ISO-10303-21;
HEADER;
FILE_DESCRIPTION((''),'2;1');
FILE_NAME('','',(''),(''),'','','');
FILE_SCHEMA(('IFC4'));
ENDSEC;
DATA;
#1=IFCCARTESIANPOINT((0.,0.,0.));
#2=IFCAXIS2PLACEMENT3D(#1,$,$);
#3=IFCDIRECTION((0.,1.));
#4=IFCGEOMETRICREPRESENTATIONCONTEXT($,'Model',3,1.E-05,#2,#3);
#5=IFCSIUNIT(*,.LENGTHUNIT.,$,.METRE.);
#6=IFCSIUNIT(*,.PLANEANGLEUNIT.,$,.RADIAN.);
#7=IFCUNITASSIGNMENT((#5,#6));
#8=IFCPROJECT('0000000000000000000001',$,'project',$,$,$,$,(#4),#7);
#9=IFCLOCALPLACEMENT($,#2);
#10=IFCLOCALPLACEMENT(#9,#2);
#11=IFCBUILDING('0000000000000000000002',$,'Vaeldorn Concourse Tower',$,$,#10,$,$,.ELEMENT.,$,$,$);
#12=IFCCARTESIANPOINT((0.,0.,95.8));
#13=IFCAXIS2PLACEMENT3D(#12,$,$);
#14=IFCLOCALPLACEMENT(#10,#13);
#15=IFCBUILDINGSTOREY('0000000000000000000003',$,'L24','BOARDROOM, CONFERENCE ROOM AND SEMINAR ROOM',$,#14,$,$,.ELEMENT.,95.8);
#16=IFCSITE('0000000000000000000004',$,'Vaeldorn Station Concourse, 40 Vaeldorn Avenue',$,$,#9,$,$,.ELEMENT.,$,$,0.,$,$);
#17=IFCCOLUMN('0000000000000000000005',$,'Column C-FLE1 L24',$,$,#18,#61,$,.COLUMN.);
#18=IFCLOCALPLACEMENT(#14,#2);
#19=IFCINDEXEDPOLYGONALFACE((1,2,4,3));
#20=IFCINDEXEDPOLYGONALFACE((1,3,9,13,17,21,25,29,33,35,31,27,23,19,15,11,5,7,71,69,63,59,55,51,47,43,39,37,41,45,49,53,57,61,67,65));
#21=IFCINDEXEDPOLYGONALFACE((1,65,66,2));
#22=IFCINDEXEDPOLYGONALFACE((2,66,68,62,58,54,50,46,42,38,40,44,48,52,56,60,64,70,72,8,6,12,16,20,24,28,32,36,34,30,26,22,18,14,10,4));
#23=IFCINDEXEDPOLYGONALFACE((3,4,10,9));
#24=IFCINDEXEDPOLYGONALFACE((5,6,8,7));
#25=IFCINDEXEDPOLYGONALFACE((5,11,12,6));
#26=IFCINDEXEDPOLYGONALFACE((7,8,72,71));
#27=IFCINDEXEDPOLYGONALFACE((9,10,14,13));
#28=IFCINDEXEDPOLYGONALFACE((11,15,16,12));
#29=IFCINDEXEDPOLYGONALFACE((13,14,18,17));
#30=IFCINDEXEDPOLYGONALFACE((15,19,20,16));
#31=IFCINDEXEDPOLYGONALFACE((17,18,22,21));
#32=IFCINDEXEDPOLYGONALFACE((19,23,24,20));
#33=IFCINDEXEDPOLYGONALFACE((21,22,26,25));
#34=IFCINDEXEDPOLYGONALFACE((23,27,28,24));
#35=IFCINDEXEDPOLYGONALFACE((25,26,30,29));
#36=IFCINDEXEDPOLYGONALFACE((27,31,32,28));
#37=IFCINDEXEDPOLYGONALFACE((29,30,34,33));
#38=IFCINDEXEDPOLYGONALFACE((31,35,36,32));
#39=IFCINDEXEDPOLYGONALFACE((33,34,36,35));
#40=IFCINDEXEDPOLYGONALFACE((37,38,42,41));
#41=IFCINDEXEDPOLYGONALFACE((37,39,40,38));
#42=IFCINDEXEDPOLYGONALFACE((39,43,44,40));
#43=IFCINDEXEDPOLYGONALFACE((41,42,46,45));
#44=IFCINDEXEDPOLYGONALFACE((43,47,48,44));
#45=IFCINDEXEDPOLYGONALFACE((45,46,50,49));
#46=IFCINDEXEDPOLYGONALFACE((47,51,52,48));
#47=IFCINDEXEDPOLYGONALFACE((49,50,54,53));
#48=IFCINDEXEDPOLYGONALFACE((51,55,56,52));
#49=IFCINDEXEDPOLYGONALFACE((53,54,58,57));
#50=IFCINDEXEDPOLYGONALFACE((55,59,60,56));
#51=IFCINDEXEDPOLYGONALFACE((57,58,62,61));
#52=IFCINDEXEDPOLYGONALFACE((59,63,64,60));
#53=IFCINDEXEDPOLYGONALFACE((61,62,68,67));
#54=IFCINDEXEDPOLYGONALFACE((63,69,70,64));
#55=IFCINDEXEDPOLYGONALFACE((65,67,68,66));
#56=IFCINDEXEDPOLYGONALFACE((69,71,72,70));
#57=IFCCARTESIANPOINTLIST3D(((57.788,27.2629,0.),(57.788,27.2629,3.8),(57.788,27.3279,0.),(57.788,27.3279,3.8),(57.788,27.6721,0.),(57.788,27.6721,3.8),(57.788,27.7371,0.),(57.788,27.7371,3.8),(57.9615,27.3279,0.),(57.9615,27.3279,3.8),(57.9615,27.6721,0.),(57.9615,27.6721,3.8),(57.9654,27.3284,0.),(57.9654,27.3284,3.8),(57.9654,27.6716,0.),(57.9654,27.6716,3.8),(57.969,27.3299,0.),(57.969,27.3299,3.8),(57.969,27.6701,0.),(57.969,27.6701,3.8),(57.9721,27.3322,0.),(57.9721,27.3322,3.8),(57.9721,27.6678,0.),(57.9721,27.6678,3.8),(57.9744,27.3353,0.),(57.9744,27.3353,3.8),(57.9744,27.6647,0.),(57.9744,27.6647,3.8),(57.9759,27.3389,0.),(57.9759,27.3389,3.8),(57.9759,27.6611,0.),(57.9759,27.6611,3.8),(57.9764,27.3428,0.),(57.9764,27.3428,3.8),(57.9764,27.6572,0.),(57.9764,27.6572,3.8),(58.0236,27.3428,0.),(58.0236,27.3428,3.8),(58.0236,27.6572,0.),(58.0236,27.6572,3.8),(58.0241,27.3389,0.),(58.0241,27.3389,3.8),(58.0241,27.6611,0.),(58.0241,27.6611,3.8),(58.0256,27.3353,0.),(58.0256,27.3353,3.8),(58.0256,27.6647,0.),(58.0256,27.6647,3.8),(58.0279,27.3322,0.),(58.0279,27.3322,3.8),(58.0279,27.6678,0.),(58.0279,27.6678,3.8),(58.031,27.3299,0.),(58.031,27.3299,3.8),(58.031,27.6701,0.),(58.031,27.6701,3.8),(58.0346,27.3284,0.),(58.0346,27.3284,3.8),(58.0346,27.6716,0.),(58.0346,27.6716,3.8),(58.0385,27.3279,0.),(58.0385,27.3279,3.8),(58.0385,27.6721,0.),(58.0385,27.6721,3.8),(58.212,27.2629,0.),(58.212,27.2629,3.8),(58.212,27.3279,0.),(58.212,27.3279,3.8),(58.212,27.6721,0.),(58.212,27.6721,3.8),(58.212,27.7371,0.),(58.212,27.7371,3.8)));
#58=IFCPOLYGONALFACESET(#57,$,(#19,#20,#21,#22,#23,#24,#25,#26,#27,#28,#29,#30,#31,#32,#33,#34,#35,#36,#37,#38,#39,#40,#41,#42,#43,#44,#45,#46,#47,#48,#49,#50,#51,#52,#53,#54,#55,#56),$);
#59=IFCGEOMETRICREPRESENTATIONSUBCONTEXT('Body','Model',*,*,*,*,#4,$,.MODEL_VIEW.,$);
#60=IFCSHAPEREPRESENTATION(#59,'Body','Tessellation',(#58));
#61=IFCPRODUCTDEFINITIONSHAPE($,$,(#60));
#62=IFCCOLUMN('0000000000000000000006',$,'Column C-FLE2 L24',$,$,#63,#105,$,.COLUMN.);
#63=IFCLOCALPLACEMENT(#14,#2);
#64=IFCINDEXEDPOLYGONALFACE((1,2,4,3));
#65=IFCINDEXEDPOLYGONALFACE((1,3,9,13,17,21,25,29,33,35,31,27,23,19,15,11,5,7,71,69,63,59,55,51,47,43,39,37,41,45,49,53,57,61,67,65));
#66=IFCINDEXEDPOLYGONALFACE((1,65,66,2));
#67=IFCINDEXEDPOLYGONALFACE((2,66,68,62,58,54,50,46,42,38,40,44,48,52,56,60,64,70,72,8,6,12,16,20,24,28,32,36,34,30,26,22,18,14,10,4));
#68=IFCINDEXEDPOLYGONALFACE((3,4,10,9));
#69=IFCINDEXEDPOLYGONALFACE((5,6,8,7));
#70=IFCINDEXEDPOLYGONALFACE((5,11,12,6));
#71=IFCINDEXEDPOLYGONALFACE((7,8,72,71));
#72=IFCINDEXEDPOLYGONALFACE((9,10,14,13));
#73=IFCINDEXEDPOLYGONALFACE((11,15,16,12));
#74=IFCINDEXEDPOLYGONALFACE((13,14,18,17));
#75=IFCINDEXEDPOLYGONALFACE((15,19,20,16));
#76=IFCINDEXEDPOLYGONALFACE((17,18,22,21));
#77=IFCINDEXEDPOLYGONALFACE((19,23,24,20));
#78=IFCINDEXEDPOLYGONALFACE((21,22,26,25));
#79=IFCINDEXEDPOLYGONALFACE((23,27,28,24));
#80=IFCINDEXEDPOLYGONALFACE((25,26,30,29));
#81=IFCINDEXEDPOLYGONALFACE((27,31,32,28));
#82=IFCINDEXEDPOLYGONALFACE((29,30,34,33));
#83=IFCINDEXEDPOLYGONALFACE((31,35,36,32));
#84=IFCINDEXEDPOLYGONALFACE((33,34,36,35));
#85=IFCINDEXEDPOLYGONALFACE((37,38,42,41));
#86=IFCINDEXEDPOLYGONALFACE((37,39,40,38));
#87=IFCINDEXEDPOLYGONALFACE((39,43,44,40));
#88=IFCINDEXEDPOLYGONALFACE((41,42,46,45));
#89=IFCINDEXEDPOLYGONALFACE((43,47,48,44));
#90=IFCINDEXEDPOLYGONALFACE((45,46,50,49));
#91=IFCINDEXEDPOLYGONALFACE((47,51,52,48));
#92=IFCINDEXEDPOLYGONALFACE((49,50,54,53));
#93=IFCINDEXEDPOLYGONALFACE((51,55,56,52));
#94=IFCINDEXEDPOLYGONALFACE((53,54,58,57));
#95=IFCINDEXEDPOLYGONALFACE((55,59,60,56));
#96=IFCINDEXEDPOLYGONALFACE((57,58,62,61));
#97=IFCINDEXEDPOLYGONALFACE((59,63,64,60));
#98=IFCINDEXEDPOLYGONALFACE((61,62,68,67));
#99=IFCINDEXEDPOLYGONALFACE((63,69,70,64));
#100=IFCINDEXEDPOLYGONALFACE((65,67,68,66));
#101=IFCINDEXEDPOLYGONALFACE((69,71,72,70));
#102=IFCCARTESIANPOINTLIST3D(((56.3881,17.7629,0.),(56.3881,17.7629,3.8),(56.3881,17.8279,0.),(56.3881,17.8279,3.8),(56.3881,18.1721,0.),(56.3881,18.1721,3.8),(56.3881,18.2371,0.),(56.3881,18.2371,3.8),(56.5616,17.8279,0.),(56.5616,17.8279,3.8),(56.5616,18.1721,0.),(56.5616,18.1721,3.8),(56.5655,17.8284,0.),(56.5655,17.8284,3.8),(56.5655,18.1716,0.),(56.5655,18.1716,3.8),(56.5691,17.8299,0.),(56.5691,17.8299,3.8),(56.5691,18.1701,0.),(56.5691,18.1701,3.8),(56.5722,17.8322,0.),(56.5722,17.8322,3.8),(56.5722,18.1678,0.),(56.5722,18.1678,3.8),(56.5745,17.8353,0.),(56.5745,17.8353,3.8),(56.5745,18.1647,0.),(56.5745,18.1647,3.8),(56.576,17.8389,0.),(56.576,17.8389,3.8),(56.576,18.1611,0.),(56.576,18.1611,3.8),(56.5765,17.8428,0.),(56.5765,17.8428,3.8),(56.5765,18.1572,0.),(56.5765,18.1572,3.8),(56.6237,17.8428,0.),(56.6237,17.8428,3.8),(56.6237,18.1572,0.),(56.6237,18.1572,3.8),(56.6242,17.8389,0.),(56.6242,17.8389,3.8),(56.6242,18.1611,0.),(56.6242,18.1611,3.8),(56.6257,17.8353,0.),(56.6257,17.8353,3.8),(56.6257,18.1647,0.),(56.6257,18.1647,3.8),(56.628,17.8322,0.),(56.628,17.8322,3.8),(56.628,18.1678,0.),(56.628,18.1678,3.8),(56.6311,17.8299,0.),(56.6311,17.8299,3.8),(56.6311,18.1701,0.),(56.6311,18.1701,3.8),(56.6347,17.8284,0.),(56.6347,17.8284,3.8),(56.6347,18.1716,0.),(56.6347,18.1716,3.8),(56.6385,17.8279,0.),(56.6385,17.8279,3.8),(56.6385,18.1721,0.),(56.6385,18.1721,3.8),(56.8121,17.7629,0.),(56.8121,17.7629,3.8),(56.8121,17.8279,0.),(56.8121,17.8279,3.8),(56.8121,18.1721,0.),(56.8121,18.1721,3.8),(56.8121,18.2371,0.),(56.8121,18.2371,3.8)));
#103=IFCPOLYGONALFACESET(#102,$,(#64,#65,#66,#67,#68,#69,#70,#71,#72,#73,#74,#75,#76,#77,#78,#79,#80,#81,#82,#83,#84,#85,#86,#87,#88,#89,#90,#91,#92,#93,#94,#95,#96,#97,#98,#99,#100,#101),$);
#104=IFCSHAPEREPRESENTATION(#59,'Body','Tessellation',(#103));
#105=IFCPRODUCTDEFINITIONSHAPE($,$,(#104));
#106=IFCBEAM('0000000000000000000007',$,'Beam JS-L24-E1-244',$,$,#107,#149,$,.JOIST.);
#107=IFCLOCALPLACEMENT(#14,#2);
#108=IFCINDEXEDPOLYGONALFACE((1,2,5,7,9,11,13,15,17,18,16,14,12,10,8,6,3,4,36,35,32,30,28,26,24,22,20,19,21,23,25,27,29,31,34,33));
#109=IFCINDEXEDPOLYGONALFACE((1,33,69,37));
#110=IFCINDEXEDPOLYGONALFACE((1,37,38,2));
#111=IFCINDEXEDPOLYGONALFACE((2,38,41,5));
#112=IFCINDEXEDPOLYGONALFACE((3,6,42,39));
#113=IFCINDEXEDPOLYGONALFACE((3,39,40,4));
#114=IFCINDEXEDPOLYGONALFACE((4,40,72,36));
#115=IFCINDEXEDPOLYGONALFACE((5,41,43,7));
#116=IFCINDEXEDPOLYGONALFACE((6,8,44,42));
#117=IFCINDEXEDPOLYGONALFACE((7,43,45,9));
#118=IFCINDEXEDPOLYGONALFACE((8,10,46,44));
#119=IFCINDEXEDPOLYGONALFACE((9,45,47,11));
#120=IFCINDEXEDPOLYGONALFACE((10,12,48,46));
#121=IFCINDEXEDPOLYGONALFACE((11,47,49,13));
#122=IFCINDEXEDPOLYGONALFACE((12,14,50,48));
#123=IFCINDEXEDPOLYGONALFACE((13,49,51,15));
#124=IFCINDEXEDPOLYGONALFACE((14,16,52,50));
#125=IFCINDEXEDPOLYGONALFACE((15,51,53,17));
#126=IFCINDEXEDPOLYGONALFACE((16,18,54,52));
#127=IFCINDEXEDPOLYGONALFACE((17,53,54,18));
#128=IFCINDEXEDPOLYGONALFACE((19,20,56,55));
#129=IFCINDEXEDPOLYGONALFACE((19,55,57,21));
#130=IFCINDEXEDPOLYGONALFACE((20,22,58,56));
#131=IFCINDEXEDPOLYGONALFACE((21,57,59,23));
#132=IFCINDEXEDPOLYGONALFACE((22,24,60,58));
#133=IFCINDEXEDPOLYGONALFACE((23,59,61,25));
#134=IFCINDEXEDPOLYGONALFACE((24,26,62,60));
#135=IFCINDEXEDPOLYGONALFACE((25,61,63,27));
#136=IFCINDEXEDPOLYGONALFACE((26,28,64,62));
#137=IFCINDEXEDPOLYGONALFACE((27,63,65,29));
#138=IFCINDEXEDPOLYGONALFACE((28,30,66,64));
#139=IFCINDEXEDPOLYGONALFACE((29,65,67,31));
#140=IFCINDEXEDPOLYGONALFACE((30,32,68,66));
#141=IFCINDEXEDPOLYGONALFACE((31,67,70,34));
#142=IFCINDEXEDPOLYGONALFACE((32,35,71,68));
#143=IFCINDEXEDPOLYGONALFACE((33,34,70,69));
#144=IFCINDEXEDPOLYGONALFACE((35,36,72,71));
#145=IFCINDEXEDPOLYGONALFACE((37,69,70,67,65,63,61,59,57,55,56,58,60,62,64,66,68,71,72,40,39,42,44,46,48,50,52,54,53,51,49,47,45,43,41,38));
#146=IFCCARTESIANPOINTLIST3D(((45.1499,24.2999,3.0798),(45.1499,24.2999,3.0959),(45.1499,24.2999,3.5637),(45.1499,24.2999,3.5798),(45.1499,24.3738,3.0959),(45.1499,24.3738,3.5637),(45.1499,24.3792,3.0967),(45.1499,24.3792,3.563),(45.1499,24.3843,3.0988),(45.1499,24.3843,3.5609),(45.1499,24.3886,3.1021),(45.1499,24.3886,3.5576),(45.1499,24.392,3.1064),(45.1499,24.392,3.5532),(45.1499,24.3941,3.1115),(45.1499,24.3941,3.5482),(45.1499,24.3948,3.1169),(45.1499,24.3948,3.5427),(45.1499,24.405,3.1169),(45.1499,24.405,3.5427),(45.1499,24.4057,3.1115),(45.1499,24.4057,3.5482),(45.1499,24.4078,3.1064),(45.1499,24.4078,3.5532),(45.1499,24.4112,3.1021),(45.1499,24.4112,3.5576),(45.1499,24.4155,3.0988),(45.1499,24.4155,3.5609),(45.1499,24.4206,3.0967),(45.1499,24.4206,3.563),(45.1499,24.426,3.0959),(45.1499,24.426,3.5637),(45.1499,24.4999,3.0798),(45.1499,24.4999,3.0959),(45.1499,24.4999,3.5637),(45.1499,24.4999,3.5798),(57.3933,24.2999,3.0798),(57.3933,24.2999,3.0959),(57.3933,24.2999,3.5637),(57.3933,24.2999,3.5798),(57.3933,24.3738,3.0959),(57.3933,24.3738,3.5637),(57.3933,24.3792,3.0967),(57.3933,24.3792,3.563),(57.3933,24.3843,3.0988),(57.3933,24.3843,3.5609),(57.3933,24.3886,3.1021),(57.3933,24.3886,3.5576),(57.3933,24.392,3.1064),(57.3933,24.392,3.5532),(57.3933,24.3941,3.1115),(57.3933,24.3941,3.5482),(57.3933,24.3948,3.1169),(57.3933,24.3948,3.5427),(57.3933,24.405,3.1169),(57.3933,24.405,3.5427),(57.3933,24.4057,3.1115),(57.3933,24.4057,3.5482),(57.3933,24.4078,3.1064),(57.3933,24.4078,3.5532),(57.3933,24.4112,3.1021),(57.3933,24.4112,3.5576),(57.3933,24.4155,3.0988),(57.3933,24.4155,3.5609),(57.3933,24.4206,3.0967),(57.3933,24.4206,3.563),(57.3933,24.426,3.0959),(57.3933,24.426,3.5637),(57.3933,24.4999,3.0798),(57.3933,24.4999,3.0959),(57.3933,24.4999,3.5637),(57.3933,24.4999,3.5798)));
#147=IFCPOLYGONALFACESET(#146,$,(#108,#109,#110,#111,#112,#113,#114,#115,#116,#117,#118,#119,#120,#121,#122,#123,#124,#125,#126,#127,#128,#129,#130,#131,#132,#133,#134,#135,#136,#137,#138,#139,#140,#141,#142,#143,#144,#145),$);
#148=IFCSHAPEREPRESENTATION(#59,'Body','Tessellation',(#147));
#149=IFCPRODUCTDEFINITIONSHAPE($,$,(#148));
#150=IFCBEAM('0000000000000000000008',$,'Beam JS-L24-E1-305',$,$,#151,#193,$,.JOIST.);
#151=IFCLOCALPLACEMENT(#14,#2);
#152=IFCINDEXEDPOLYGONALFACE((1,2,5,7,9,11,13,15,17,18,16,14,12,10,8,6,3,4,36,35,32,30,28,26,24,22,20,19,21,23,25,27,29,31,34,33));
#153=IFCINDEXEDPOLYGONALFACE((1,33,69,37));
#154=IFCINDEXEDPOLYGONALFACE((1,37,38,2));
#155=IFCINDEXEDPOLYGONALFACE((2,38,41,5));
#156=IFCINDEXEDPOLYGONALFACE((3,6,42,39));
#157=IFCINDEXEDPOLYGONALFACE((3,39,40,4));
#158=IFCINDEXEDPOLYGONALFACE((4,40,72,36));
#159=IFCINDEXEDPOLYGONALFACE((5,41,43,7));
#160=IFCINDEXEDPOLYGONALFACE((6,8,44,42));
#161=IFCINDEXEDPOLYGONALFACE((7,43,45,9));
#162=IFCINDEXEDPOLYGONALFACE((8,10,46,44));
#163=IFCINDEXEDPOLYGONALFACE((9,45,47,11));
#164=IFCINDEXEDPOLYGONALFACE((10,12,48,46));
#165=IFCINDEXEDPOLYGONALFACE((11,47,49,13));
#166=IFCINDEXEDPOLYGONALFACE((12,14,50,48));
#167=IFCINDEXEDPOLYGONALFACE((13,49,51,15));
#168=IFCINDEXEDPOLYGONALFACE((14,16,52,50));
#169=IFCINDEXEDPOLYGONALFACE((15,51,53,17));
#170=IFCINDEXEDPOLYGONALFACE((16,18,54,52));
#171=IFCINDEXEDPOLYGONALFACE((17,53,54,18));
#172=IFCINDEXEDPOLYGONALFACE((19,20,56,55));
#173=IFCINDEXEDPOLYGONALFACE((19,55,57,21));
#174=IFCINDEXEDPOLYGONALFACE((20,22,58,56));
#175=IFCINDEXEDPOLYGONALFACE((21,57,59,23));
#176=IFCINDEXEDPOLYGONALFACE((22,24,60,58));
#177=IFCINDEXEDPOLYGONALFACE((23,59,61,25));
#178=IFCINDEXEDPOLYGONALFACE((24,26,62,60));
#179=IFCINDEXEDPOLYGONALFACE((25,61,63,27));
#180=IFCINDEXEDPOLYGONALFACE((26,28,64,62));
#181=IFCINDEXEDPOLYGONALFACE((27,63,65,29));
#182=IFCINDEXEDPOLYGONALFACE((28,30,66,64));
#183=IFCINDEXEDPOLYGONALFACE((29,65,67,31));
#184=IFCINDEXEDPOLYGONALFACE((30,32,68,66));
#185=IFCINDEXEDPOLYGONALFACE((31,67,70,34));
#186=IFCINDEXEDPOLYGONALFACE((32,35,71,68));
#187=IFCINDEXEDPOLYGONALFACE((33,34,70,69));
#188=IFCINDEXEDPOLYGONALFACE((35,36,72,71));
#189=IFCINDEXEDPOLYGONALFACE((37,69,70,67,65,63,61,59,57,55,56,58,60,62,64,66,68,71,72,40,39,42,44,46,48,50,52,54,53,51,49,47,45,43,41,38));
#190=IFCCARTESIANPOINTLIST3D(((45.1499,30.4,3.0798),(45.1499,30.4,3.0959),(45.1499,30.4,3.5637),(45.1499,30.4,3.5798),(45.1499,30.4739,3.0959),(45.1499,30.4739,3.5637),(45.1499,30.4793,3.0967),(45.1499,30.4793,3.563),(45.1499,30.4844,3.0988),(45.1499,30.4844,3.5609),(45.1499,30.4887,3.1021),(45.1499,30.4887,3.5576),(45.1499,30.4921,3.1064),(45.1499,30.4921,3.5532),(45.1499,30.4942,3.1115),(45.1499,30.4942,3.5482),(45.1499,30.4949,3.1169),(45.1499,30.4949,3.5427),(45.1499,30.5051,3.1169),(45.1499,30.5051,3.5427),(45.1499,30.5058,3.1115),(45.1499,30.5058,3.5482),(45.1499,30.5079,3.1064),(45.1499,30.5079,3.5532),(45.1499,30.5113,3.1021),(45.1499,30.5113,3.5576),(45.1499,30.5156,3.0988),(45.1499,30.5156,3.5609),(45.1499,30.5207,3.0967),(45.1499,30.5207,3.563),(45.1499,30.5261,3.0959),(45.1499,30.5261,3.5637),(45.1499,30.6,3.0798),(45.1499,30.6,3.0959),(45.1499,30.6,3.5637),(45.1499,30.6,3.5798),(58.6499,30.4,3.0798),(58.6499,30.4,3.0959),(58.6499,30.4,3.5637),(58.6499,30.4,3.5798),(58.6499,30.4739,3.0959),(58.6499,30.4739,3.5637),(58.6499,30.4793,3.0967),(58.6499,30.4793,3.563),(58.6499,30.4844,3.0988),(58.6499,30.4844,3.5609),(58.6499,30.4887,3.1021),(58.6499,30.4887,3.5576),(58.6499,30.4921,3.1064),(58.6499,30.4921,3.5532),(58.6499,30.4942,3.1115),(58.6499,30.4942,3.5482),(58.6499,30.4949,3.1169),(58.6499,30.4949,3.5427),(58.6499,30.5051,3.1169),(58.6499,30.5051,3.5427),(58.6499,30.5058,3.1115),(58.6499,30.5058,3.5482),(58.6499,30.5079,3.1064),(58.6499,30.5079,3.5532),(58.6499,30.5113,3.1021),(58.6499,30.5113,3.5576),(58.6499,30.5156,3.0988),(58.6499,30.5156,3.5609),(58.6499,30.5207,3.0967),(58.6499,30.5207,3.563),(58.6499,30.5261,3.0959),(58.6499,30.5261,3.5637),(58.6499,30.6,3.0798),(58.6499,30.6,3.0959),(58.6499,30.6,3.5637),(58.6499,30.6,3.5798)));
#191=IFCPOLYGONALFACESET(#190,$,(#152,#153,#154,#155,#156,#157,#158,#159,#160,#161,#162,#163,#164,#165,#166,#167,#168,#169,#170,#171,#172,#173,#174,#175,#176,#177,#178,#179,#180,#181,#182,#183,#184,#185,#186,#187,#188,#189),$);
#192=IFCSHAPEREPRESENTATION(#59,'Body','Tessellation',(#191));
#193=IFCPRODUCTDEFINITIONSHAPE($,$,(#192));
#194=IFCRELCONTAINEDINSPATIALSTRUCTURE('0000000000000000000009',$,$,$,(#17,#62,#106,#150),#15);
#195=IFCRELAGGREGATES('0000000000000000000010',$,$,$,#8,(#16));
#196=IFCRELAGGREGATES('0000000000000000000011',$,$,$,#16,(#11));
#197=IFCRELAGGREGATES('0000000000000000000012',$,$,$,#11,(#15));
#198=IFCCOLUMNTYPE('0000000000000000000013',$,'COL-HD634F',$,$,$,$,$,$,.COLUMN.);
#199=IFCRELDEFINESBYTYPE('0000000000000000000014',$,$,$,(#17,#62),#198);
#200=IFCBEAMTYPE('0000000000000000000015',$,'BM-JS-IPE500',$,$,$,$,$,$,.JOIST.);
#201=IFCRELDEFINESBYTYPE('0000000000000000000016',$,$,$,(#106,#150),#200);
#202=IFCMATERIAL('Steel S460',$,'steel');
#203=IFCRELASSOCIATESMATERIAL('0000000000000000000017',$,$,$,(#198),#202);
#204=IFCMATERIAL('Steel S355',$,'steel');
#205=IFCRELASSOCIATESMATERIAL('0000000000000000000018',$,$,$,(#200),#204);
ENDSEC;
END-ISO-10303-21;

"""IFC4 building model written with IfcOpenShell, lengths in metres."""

from ifc_helpers import new_model, si_unit, direction, frame, origin, origin_2d, place, context, subcontext, project, spatial, i_section, extrude, source, transform, mapped, material, material_profile, profile_set, type_object, element, save


model = new_model("IFC4")

# Units and contexts
model_context = context("Model", 3, precision=1e-05, world=origin(), true_north=direction((0.0, 1.0)))
body_context = subcontext(model_context, "Body", "Model", "MODEL_VIEW")
ifc_project = project(units=[si_unit("LENGTHUNIT", "METRE"), si_unit("PLANEANGLEUNIT", "RADIAN")], contexts=[model_context])

# Site, building, storey
site_placement = place(None, origin())
site = spatial("IfcSite", under=ifc_project, at=site_placement, Name="Vaeldorn Station Concourse, 40 Vaeldorn Avenue", CompositionType="ELEMENT", RefElevation=0.0)
building_placement = place(site_placement, origin())
building = spatial("IfcBuilding", under=site, at=building_placement, Name="Vaeldorn Concourse Tower", CompositionType="ELEMENT")
storey_placement = place(building_placement, frame((0.0, 0.0, 95.8)))
storey = spatial("IfcBuildingStorey", under=building, at=storey_placement, Name="L24", Description="BOARDROOM, CONFERENCE ROOM AND SEMINAR ROOM", CompositionType="ELEMENT", Elevation=95.8)

# Columns
ifc_material_1 = material(Name="Steel S460", Category="steel")
ifc_material_profile_1 = material_profile(ifc_material_1, i_section(OverallWidth=0.4241, OverallDepth=0.4741, WebThickness=0.0471, FlangeThickness=0.0649, FilletRadius=0.0149, at=origin_2d()), Name="HD 400x634")
ifc_profile_set_1 = profile_set([ifc_material_profile_1], Name="Steel S460")
column_type = type_object("IfcColumnType", Name="COL-HD634F", PredefinedType="COLUMN", material=ifc_profile_set_1)
shared_shape_1 = source(origin(), body_context, "Body", "SweptSolid", [
    extrude(i_section(OverallWidth=0.4241, OverallDepth=0.4741, WebThickness=0.0471, FlangeThickness=0.0649, FilletRadius=0.0149, at=origin_2d()), origin(), (0.0, 0.0, 1.0), 3.8),
])
for number, where, z_axis, x_axis, name in (
    (1, (58.0, 27.5, 0.0), (0.0, 0.0, 1.0), (1.0, 0.0, 0.0), "Column C-FLE1 L24"),
    (2, (56.6001, 18.0, 0.0), (0.0, 0.0, 1.0), (1.0, 0.0, 0.0), "Column C-FLE2 L24"),
):
    element("IfcColumn", number, at=place(storey_placement, frame(where, z_axis=z_axis, x_axis=x_axis)), inside=storey, type_object=column_type, Name=name, PredefinedType="COLUMN", context=body_context, shape_type="MappedRepresentation", body=[
        mapped(shared_shape_1, transform((0.0, 0.0, 0.0), scale=1.0)),
    ])

# Beams
ifc_material_2 = material(Name="Steel S355", Category="steel")
ifc_material_profile_2 = material_profile(ifc_material_2, i_section(OverallWidth=0.2, OverallDepth=0.5, WebThickness=0.0103, FlangeThickness=0.0161, FilletRadius=0.021, at=origin_2d()), Name="IPE 500")
ifc_profile_set_2 = profile_set([ifc_material_profile_2], Name="Steel S355")
beam_type_1 = type_object("IfcBeamType", Name="BM-JS-IPE500", PredefinedType="JOIST", material=ifc_profile_set_2)
shared_shape_2 = source(origin(), body_context, "Body", "SweptSolid", [
    extrude(i_section(OverallWidth=0.2, OverallDepth=0.5, WebThickness=0.0103, FlangeThickness=0.0161, FilletRadius=0.021, at=origin_2d()), origin(), (0.0, 0.0, 1.0), 12.2434),
])
beam_1_placement = place(storey_placement, frame((45.1499, 24.3999, 3.3298), z_axis=(1.0, 0.0, 0.0), x_axis=(0.0, 1.0, 0.0)))
element("IfcBeam", 3, at=beam_1_placement, inside=storey, type_object=beam_type_1, Name="Beam JS-L24-E1-244", PredefinedType="JOIST", context=body_context, shape_type="MappedRepresentation", body=[
    mapped(shared_shape_2, transform((0.0, 0.0, 0.0), scale=1.0)),
])
shared_shape_3 = source(origin(), body_context, "Body", "SweptSolid", [
    extrude(i_section(OverallWidth=0.2, OverallDepth=0.5, WebThickness=0.0103, FlangeThickness=0.0161, FilletRadius=0.021, at=origin_2d()), origin(), (0.0, 0.0, 1.0), 13.5),
])
beam_2_placement = place(storey_placement, frame((45.1499, 30.5, 3.3298), z_axis=(1.0, 0.0, 0.0), x_axis=(0.0, 1.0, 0.0)))
element("IfcBeam", 4, at=beam_2_placement, inside=storey, type_object=beam_type_1, Name="Beam JS-L24-E1-305", PredefinedType="JOIST", context=body_context, shape_type="MappedRepresentation", body=[
    mapped(shared_shape_3, transform((0.0, 0.0, 0.0), scale=1.0)),
])

save(model, "model.ifc")
